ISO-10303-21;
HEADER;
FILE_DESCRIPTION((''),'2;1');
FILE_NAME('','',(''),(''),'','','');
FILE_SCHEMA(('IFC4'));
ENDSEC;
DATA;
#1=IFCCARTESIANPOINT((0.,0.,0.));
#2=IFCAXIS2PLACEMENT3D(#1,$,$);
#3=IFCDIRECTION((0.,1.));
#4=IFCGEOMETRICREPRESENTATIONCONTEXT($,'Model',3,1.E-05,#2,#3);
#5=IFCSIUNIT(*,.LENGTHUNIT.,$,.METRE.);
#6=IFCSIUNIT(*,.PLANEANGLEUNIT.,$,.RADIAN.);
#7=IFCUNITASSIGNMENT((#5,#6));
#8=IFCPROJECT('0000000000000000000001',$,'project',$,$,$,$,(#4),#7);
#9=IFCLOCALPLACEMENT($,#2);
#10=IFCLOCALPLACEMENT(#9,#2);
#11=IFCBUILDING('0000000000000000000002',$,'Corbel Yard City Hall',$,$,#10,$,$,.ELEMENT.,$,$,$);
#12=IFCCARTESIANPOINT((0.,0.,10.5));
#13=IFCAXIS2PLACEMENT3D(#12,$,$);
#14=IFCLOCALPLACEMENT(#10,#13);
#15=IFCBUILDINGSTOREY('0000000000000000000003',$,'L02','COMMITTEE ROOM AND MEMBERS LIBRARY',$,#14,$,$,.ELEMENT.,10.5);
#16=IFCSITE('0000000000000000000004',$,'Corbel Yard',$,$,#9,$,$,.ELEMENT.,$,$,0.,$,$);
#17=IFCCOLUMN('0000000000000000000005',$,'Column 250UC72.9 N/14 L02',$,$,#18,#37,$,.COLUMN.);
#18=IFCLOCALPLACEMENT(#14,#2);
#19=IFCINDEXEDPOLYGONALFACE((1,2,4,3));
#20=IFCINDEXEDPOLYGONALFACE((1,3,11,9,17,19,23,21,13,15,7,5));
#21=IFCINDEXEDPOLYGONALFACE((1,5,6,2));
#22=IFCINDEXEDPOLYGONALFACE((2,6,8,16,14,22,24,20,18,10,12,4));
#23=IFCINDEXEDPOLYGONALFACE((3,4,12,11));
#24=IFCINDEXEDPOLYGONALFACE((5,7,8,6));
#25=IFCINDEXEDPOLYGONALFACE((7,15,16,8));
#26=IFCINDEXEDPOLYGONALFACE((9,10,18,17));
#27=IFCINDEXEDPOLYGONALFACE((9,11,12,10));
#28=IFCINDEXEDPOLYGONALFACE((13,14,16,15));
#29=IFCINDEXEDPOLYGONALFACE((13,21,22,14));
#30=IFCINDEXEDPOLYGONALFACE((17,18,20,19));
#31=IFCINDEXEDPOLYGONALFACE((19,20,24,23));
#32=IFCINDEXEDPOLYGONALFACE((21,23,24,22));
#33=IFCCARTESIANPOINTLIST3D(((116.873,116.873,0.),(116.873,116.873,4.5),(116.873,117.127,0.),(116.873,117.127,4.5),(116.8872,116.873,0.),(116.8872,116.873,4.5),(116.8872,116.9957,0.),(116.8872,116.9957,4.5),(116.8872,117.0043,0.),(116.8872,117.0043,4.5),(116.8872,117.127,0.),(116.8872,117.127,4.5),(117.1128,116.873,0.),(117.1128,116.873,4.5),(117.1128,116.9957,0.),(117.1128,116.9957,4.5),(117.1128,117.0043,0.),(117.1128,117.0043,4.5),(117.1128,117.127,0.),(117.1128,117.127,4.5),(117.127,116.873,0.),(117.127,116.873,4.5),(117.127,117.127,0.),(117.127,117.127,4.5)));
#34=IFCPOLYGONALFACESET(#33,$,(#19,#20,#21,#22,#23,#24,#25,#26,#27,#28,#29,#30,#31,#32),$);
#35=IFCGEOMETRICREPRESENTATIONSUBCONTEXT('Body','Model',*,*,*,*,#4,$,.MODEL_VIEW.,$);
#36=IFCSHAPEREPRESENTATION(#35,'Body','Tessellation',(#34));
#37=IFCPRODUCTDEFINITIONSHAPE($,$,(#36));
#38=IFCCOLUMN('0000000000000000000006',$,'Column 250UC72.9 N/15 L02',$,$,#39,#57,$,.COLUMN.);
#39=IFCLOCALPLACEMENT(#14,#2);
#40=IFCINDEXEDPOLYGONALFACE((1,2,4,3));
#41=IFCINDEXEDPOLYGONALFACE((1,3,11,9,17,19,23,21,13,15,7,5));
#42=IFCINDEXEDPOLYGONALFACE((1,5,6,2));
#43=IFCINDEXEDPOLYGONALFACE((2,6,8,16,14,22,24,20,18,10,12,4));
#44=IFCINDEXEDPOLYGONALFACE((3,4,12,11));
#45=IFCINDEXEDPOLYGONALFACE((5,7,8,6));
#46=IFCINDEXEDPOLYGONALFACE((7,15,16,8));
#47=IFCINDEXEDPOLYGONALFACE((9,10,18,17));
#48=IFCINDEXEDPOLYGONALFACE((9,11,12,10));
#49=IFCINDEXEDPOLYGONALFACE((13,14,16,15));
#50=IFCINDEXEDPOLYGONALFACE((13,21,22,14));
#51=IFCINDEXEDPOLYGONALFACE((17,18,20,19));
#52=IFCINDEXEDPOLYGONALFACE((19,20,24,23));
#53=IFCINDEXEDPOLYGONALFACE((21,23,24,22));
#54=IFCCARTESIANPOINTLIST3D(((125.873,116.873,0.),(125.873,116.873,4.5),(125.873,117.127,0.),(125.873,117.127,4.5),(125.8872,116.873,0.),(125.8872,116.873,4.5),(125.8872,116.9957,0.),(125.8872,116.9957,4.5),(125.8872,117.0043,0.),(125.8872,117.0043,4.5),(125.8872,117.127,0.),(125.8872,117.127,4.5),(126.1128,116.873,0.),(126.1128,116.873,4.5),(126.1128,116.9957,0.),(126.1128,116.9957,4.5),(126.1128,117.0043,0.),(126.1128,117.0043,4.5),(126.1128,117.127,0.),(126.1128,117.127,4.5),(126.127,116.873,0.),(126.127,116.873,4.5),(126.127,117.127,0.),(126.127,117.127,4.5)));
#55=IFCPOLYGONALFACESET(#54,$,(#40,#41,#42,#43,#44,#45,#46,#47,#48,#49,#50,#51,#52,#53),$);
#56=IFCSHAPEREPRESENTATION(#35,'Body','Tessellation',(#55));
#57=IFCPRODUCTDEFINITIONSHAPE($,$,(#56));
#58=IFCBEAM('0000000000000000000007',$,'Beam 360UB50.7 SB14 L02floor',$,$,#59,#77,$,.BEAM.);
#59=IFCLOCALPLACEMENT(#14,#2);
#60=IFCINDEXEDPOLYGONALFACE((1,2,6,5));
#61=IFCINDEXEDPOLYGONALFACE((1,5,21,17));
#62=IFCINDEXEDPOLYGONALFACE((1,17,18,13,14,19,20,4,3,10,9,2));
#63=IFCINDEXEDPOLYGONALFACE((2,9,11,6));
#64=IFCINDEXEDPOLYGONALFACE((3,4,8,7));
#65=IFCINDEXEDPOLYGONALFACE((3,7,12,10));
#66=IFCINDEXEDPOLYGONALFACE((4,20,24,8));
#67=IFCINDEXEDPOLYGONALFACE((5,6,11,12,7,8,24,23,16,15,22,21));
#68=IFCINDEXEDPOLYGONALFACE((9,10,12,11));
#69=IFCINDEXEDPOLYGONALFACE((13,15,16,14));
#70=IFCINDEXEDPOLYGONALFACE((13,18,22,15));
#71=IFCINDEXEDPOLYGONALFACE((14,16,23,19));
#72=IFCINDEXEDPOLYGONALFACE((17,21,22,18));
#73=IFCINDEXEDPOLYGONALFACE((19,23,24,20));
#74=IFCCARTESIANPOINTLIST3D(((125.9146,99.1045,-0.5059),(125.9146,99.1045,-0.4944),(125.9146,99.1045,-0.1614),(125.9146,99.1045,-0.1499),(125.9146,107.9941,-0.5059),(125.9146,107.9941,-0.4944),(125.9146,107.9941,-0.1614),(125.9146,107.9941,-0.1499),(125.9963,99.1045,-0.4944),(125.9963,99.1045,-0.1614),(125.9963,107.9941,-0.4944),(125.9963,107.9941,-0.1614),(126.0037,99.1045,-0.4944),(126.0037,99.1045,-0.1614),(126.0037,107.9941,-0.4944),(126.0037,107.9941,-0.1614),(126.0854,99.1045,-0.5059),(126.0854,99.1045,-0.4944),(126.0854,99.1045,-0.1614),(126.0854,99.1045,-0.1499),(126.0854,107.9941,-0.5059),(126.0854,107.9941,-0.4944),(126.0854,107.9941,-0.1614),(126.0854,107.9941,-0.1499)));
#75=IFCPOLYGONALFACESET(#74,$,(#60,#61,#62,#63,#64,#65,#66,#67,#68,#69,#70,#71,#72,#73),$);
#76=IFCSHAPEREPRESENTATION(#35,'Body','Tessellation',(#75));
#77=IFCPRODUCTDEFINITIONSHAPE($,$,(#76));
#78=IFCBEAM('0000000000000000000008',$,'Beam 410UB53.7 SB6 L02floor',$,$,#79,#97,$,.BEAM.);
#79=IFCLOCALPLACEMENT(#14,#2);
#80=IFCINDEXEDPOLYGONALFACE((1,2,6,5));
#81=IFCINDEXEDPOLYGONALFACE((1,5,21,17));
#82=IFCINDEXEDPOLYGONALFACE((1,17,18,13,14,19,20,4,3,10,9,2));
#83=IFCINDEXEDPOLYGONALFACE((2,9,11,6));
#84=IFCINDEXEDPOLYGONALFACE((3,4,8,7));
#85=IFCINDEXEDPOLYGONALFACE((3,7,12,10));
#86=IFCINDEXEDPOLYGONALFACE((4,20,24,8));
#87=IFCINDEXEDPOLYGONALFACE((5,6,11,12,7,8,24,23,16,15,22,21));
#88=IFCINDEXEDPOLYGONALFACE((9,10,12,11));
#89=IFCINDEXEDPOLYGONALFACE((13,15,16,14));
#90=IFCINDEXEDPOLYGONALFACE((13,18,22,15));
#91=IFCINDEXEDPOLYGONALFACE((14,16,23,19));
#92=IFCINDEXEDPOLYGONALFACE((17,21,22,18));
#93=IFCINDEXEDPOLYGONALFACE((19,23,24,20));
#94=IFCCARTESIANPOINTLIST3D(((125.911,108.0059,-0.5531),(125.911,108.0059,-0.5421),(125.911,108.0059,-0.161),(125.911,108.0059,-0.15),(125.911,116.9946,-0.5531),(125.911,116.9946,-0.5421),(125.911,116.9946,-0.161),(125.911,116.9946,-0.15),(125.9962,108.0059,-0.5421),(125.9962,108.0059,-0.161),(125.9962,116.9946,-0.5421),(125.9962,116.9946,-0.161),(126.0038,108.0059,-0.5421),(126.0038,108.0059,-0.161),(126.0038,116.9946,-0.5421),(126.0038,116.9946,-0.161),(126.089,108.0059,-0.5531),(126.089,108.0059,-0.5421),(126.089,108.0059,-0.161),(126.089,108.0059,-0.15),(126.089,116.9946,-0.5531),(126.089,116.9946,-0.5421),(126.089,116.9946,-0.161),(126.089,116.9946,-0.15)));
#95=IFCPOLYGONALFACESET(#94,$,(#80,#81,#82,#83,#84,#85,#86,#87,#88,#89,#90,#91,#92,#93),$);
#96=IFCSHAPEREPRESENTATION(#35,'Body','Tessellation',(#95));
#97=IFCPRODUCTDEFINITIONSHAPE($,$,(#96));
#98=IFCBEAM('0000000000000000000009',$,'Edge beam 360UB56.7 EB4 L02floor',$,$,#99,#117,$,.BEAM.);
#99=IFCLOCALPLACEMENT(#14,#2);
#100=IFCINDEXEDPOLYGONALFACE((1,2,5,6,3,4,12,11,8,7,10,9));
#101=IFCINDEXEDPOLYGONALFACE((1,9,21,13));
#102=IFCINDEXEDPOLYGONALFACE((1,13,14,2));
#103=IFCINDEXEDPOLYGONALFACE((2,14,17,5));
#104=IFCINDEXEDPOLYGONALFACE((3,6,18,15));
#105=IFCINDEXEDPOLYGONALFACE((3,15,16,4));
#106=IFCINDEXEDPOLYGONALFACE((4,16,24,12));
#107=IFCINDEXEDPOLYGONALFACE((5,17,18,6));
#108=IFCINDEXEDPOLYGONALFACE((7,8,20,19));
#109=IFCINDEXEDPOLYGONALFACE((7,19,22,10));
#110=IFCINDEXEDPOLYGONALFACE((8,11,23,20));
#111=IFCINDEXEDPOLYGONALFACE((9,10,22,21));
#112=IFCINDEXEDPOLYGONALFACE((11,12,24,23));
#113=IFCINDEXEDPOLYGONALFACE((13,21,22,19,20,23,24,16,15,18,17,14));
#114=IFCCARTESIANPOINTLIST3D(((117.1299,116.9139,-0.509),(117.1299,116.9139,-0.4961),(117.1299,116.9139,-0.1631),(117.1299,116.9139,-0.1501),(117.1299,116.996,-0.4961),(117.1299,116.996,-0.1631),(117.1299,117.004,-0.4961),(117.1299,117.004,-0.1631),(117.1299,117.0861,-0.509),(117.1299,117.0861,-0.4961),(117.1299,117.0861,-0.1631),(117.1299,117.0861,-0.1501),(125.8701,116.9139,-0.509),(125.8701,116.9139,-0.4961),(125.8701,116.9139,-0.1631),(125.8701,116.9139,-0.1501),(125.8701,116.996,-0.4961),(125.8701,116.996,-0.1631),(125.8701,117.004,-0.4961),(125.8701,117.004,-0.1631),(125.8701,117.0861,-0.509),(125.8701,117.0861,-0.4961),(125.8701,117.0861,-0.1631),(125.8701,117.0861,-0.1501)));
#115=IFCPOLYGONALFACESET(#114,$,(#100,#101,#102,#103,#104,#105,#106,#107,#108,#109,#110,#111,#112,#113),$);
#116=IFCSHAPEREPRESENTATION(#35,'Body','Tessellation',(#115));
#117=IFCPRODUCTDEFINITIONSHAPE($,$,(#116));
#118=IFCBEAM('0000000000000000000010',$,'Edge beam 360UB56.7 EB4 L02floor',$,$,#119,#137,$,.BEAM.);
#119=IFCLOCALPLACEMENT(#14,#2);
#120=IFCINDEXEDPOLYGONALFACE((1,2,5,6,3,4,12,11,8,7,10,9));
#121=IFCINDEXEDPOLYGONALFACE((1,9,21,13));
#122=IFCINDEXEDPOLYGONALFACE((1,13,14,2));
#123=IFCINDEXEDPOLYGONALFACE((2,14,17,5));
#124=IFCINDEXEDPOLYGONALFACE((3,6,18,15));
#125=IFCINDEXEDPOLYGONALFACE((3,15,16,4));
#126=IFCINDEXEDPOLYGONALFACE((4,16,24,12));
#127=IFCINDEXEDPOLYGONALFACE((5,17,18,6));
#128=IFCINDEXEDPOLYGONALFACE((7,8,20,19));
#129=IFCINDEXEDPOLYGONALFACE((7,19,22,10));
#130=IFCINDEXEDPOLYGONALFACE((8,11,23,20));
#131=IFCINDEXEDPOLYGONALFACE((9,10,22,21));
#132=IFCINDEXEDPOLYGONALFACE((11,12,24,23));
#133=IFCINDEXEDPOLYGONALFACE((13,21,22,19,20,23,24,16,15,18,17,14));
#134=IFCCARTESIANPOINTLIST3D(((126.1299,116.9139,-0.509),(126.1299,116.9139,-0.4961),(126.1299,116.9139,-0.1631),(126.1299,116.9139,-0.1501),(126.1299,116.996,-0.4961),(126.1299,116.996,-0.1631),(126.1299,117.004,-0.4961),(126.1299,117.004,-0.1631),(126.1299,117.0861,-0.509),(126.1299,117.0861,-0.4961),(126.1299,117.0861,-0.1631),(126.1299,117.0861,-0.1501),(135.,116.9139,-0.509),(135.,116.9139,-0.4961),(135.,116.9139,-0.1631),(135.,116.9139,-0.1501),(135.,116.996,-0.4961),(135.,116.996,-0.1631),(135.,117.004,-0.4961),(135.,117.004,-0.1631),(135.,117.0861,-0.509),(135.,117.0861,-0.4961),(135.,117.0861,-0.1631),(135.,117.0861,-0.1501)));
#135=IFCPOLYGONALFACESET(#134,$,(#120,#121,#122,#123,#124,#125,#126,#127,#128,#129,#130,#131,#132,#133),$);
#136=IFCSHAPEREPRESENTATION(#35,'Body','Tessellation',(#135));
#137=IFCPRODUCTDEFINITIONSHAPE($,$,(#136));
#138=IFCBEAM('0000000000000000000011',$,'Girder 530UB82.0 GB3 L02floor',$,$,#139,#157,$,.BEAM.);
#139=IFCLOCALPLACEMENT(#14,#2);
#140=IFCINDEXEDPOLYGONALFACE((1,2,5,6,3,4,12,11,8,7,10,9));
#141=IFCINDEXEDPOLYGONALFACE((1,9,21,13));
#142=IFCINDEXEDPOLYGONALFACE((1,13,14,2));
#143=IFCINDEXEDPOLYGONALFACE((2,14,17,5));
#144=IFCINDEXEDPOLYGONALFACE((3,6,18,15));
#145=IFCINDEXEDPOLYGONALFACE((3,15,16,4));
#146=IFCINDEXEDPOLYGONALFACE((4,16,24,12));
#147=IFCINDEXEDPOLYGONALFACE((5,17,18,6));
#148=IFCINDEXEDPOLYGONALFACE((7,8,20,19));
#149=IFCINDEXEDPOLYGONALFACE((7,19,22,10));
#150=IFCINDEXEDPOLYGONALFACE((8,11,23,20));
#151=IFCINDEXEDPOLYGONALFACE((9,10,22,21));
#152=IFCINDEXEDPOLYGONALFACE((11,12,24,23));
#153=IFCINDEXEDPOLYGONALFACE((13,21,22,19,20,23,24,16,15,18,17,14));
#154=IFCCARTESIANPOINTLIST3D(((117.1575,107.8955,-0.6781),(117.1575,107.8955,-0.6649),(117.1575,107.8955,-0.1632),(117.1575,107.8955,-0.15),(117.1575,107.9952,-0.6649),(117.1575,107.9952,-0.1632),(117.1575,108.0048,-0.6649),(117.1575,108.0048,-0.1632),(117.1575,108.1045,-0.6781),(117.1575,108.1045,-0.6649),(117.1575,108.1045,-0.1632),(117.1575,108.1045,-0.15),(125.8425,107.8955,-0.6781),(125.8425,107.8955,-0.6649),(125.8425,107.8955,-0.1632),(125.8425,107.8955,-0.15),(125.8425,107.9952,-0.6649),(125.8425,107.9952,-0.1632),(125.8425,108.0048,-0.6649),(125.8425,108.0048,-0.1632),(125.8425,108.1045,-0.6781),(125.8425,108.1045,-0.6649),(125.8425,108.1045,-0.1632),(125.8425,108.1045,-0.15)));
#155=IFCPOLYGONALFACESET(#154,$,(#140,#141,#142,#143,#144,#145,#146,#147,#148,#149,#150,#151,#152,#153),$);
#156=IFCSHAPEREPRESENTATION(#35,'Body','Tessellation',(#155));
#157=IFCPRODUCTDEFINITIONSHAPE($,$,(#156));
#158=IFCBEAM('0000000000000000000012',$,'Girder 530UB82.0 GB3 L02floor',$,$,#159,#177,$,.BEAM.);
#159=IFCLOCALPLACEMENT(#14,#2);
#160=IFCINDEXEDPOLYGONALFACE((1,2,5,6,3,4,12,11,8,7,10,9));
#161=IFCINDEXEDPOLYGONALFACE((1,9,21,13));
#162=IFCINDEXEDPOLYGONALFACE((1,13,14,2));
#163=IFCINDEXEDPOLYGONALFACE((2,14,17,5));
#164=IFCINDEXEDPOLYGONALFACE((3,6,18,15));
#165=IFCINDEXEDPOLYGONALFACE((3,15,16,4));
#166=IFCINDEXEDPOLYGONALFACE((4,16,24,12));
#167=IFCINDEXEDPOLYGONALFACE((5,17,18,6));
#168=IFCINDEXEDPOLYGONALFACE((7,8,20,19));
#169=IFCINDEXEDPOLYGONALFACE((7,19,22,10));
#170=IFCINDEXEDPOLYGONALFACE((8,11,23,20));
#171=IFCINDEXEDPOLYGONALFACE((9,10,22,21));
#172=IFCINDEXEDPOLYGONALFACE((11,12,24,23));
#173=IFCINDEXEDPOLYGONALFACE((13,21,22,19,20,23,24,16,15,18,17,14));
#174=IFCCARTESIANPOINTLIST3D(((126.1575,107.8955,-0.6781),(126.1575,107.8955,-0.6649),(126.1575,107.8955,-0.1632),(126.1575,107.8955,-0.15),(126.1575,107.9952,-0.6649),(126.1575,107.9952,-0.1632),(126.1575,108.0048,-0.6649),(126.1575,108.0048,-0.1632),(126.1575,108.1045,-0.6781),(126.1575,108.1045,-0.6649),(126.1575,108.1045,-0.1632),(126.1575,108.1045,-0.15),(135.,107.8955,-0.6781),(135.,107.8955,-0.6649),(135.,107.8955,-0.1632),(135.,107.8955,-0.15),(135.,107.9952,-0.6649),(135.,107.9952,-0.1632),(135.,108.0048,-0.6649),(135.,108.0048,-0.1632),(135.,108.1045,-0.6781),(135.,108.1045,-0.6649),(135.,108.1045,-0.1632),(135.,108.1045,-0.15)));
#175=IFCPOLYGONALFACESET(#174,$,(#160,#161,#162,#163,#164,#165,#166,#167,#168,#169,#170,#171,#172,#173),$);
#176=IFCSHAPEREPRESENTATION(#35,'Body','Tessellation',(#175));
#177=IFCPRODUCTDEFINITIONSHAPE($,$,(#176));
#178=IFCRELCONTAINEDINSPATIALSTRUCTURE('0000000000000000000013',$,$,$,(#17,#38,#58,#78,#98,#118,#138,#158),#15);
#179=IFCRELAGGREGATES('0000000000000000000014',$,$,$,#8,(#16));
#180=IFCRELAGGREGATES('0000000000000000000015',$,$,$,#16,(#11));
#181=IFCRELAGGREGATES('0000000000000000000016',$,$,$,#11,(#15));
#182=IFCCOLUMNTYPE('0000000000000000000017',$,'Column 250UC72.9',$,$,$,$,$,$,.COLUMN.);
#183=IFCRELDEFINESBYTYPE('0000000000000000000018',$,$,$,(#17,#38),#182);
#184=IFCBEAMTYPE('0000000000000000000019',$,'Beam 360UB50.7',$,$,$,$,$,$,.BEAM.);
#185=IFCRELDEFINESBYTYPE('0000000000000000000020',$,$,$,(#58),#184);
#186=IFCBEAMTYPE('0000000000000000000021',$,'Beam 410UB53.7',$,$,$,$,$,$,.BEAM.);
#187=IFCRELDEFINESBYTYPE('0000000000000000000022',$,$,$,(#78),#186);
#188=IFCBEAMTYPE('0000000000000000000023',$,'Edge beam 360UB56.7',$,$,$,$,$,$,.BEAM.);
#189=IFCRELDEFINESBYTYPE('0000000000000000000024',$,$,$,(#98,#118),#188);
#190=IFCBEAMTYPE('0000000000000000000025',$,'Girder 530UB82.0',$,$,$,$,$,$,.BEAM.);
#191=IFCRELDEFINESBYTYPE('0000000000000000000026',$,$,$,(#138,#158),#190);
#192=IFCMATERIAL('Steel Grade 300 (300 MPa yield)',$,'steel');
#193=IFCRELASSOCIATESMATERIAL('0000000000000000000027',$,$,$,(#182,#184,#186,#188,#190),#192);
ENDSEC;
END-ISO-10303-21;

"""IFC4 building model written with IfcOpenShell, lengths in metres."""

from ifc_helpers import new_model, si_unit, direction, frame, origin, origin_2d, place, context, subcontext, project, spatial, i_section, extrude, material, material_profile, profile_set, type_object, element, save


model = new_model("IFC4")

# Units and contexts
model_context = context("Model", 3, precision=1e-05, world=origin(), true_north=direction((0.0, 1.0)))
body_context = subcontext(model_context, "Body", "Model", "MODEL_VIEW")
ifc_project = project(units=[si_unit("LENGTHUNIT", "METRE"), si_unit("PLANEANGLEUNIT", "RADIAN")], contexts=[model_context])

# Site, building, storey
site_placement = place(None, origin())
site = spatial("IfcSite", under=ifc_project, at=site_placement, Name="Corbel Yard", CompositionType="ELEMENT", RefElevation=0.0)
building_placement = place(site_placement, origin())
building = spatial("IfcBuilding", under=site, at=building_placement, Name="Corbel Yard City Hall", CompositionType="ELEMENT")
storey_placement = place(building_placement, frame((0.0, 0.0, 10.5)))
storey = spatial("IfcBuildingStorey", under=building, at=storey_placement, Name="L02", Description="COMMITTEE ROOM AND MEMBERS LIBRARY", CompositionType="ELEMENT", Elevation=10.5)

# Columns
ifc_material_1 = material(Name="Steel Grade 300 (300 MPa yield)", Category="steel")
ifc_material_profile_1 = material_profile(ifc_material_1, i_section(OverallWidth=0.2539, OverallDepth=0.2539, WebThickness=0.0085, FlangeThickness=0.0142, at=origin_2d()), Name="250UC72.9")
ifc_profile_set_1 = profile_set([ifc_material_profile_1], Name="Steel Grade 300 (300 MPa yield)")
column_type = type_object("IfcColumnType", Name="Column 250UC72.9", PredefinedType="COLUMN", material=ifc_profile_set_1)
for number, where, z_axis, x_axis, name in (
    (1, (117.0, 117.0, 0.0), (0.0, 0.0, 1.0), (0.0, 1.0, 0.0), "Column 250UC72.9 N/14 L02"),
    (2, (126.0, 117.0, 0.0), (0.0, 0.0, 1.0), (0.0, 1.0, 0.0), "Column 250UC72.9 N/15 L02"),
):
    element("IfcColumn", number, at=place(storey_placement, frame(where, z_axis=z_axis, x_axis=x_axis)), inside=storey, type_object=column_type, Name=name, PredefinedType="COLUMN", context=body_context, shape_type="SweptSolid", body=[
        extrude(i_section(OverallWidth=0.2539, OverallDepth=0.2539, WebThickness=0.0085, FlangeThickness=0.0142, at=origin_2d()), origin(), (0.0, 0.0, 1.0), 4.5),
    ])

# Beams
ifc_material_profile_2 = material_profile(ifc_material_1, i_section(OverallWidth=0.1709, OverallDepth=0.356, WebThickness=0.0073, FlangeThickness=0.0115, at=origin_2d()), Name="360UB50.7")
ifc_profile_set_2 = profile_set([ifc_material_profile_2], Name="Steel Grade 300 (300 MPa yield)")
beam_type_1 = type_object("IfcBeamType", Name="Beam 360UB50.7", PredefinedType="BEAM", material=ifc_profile_set_2)
beam_1_placement = place(storey_placement, frame((126.0, 99.1045, -0.3279), z_axis=(0.0, 1.0, 0.0), x_axis=(-1.0, 0.0, 0.0)))
element("IfcBeam", 3, at=beam_1_placement, inside=storey, type_object=beam_type_1, Name="Beam 360UB50.7 SB14 L02floor", PredefinedType="BEAM", context=body_context, shape_type="SweptSolid", body=[
    extrude(i_section(OverallWidth=0.1709, OverallDepth=0.356, WebThickness=0.0073, FlangeThickness=0.0115, at=origin_2d()), origin(), (0.0, 0.0, 1.0), 8.8896),
])
ifc_material_profile_3 = material_profile(ifc_material_1, i_section(OverallWidth=0.178, OverallDepth=0.4031, WebThickness=0.0076, FlangeThickness=0.011, at=origin_2d()), Name="410UB53.7")
ifc_profile_set_3 = profile_set([ifc_material_profile_3], Name="Steel Grade 300 (300 MPa yield)")
beam_type_2 = type_object("IfcBeamType", Name="Beam 410UB53.7", PredefinedType="BEAM", material=ifc_profile_set_3)
beam_2_placement = place(storey_placement, frame((126.0, 108.0059, -0.3516), z_axis=(0.0, 1.0, 0.0), x_axis=(-1.0, 0.0, 0.0)))
element("IfcBeam", 4, at=beam_2_placement, inside=storey, type_object=beam_type_2, Name="Beam 410UB53.7 SB6 L02floor", PredefinedType="BEAM", context=body_context, shape_type="SweptSolid", body=[
    extrude(i_section(OverallWidth=0.178, OverallDepth=0.4031, WebThickness=0.0076, FlangeThickness=0.011, at=origin_2d()), origin(), (0.0, 0.0, 1.0), 8.9888),
])
ifc_material_profile_4 = material_profile(ifc_material_1, i_section(OverallWidth=0.1721, OverallDepth=0.3589, WebThickness=0.0081, FlangeThickness=0.0129, at=origin_2d()), Name="360UB56.7")
ifc_profile_set_4 = profile_set([ifc_material_profile_4], Name="Steel Grade 300 (300 MPa yield)")
beam_type_3 = type_object("IfcBeamType", Name="Edge beam 360UB56.7", PredefinedType="BEAM", material=ifc_profile_set_4)
beam_3_placement = place(storey_placement, frame((117.1299, 117.0, -0.3296), z_axis=(1.0, 0.0, 0.0), x_axis=(0.0, 1.0, 0.0)))
element("IfcBeam", 5, at=beam_3_placement, inside=storey, type_object=beam_type_3, Name="Edge beam 360UB56.7 EB4 L02floor", PredefinedType="BEAM", context=body_context, shape_type="SweptSolid", body=[
    extrude(i_section(OverallWidth=0.1721, OverallDepth=0.3589, WebThickness=0.0081, FlangeThickness=0.0129, at=origin_2d()), origin(), (0.0, 0.0, 1.0), 8.7402),
])
beam_4_placement = place(storey_placement, frame((126.1299, 117.0, -0.3296), z_axis=(1.0, 0.0, 0.0), x_axis=(0.0, 1.0, 0.0)))
element("IfcBeam", 6, at=beam_4_placement, inside=storey, type_object=beam_type_3, Name="Edge beam 360UB56.7 EB4 L02floor", PredefinedType="BEAM", context=body_context, shape_type="SweptSolid", body=[
    extrude(i_section(OverallWidth=0.1721, OverallDepth=0.3589, WebThickness=0.0081, FlangeThickness=0.0129, at=origin_2d()), origin(), (0.0, 0.0, 1.0), 8.8701),
])
ifc_material_profile_5 = material_profile(ifc_material_1, i_section(OverallWidth=0.209, OverallDepth=0.5281, WebThickness=0.0095, FlangeThickness=0.0132, at=origin_2d()), Name="530UB82.0")
ifc_profile_set_5 = profile_set([ifc_material_profile_5], Name="Steel Grade 300 (300 MPa yield)")
beam_type_4 = type_object("IfcBeamType", Name="Girder 530UB82.0", PredefinedType="BEAM", material=ifc_profile_set_5)
beam_5_placement = place(storey_placement, frame((117.1575, 108.0, -0.4141), z_axis=(1.0, 0.0, 0.0), x_axis=(0.0, 1.0, 0.0)))
element("IfcBeam", 7, at=beam_5_placement, inside=storey, type_object=beam_type_4, Name="Girder 530UB82.0 GB3 L02floor", PredefinedType="BEAM", context=body_context, shape_type="SweptSolid", body=[
    extrude(i_section(OverallWidth=0.209, OverallDepth=0.5281, WebThickness=0.0095, FlangeThickness=0.0132, at=origin_2d()), origin(), (0.0, 0.0, 1.0), 8.6851),
])
beam_6_placement = place(storey_placement, frame((126.1575, 108.0, -0.4141), z_axis=(1.0, 0.0, 0.0), x_axis=(0.0, 1.0, 0.0)))
element("IfcBeam", 8, at=beam_6_placement, inside=storey, type_object=beam_type_4, Name="Girder 530UB82.0 GB3 L02floor", PredefinedType="BEAM", context=body_context, shape_type="SweptSolid", body=[
    extrude(i_section(OverallWidth=0.209, OverallDepth=0.5281, WebThickness=0.0095, FlangeThickness=0.0132, at=origin_2d()), origin(), (0.0, 0.0, 1.0), 8.8425),
])

save(model, "model.ifc")
